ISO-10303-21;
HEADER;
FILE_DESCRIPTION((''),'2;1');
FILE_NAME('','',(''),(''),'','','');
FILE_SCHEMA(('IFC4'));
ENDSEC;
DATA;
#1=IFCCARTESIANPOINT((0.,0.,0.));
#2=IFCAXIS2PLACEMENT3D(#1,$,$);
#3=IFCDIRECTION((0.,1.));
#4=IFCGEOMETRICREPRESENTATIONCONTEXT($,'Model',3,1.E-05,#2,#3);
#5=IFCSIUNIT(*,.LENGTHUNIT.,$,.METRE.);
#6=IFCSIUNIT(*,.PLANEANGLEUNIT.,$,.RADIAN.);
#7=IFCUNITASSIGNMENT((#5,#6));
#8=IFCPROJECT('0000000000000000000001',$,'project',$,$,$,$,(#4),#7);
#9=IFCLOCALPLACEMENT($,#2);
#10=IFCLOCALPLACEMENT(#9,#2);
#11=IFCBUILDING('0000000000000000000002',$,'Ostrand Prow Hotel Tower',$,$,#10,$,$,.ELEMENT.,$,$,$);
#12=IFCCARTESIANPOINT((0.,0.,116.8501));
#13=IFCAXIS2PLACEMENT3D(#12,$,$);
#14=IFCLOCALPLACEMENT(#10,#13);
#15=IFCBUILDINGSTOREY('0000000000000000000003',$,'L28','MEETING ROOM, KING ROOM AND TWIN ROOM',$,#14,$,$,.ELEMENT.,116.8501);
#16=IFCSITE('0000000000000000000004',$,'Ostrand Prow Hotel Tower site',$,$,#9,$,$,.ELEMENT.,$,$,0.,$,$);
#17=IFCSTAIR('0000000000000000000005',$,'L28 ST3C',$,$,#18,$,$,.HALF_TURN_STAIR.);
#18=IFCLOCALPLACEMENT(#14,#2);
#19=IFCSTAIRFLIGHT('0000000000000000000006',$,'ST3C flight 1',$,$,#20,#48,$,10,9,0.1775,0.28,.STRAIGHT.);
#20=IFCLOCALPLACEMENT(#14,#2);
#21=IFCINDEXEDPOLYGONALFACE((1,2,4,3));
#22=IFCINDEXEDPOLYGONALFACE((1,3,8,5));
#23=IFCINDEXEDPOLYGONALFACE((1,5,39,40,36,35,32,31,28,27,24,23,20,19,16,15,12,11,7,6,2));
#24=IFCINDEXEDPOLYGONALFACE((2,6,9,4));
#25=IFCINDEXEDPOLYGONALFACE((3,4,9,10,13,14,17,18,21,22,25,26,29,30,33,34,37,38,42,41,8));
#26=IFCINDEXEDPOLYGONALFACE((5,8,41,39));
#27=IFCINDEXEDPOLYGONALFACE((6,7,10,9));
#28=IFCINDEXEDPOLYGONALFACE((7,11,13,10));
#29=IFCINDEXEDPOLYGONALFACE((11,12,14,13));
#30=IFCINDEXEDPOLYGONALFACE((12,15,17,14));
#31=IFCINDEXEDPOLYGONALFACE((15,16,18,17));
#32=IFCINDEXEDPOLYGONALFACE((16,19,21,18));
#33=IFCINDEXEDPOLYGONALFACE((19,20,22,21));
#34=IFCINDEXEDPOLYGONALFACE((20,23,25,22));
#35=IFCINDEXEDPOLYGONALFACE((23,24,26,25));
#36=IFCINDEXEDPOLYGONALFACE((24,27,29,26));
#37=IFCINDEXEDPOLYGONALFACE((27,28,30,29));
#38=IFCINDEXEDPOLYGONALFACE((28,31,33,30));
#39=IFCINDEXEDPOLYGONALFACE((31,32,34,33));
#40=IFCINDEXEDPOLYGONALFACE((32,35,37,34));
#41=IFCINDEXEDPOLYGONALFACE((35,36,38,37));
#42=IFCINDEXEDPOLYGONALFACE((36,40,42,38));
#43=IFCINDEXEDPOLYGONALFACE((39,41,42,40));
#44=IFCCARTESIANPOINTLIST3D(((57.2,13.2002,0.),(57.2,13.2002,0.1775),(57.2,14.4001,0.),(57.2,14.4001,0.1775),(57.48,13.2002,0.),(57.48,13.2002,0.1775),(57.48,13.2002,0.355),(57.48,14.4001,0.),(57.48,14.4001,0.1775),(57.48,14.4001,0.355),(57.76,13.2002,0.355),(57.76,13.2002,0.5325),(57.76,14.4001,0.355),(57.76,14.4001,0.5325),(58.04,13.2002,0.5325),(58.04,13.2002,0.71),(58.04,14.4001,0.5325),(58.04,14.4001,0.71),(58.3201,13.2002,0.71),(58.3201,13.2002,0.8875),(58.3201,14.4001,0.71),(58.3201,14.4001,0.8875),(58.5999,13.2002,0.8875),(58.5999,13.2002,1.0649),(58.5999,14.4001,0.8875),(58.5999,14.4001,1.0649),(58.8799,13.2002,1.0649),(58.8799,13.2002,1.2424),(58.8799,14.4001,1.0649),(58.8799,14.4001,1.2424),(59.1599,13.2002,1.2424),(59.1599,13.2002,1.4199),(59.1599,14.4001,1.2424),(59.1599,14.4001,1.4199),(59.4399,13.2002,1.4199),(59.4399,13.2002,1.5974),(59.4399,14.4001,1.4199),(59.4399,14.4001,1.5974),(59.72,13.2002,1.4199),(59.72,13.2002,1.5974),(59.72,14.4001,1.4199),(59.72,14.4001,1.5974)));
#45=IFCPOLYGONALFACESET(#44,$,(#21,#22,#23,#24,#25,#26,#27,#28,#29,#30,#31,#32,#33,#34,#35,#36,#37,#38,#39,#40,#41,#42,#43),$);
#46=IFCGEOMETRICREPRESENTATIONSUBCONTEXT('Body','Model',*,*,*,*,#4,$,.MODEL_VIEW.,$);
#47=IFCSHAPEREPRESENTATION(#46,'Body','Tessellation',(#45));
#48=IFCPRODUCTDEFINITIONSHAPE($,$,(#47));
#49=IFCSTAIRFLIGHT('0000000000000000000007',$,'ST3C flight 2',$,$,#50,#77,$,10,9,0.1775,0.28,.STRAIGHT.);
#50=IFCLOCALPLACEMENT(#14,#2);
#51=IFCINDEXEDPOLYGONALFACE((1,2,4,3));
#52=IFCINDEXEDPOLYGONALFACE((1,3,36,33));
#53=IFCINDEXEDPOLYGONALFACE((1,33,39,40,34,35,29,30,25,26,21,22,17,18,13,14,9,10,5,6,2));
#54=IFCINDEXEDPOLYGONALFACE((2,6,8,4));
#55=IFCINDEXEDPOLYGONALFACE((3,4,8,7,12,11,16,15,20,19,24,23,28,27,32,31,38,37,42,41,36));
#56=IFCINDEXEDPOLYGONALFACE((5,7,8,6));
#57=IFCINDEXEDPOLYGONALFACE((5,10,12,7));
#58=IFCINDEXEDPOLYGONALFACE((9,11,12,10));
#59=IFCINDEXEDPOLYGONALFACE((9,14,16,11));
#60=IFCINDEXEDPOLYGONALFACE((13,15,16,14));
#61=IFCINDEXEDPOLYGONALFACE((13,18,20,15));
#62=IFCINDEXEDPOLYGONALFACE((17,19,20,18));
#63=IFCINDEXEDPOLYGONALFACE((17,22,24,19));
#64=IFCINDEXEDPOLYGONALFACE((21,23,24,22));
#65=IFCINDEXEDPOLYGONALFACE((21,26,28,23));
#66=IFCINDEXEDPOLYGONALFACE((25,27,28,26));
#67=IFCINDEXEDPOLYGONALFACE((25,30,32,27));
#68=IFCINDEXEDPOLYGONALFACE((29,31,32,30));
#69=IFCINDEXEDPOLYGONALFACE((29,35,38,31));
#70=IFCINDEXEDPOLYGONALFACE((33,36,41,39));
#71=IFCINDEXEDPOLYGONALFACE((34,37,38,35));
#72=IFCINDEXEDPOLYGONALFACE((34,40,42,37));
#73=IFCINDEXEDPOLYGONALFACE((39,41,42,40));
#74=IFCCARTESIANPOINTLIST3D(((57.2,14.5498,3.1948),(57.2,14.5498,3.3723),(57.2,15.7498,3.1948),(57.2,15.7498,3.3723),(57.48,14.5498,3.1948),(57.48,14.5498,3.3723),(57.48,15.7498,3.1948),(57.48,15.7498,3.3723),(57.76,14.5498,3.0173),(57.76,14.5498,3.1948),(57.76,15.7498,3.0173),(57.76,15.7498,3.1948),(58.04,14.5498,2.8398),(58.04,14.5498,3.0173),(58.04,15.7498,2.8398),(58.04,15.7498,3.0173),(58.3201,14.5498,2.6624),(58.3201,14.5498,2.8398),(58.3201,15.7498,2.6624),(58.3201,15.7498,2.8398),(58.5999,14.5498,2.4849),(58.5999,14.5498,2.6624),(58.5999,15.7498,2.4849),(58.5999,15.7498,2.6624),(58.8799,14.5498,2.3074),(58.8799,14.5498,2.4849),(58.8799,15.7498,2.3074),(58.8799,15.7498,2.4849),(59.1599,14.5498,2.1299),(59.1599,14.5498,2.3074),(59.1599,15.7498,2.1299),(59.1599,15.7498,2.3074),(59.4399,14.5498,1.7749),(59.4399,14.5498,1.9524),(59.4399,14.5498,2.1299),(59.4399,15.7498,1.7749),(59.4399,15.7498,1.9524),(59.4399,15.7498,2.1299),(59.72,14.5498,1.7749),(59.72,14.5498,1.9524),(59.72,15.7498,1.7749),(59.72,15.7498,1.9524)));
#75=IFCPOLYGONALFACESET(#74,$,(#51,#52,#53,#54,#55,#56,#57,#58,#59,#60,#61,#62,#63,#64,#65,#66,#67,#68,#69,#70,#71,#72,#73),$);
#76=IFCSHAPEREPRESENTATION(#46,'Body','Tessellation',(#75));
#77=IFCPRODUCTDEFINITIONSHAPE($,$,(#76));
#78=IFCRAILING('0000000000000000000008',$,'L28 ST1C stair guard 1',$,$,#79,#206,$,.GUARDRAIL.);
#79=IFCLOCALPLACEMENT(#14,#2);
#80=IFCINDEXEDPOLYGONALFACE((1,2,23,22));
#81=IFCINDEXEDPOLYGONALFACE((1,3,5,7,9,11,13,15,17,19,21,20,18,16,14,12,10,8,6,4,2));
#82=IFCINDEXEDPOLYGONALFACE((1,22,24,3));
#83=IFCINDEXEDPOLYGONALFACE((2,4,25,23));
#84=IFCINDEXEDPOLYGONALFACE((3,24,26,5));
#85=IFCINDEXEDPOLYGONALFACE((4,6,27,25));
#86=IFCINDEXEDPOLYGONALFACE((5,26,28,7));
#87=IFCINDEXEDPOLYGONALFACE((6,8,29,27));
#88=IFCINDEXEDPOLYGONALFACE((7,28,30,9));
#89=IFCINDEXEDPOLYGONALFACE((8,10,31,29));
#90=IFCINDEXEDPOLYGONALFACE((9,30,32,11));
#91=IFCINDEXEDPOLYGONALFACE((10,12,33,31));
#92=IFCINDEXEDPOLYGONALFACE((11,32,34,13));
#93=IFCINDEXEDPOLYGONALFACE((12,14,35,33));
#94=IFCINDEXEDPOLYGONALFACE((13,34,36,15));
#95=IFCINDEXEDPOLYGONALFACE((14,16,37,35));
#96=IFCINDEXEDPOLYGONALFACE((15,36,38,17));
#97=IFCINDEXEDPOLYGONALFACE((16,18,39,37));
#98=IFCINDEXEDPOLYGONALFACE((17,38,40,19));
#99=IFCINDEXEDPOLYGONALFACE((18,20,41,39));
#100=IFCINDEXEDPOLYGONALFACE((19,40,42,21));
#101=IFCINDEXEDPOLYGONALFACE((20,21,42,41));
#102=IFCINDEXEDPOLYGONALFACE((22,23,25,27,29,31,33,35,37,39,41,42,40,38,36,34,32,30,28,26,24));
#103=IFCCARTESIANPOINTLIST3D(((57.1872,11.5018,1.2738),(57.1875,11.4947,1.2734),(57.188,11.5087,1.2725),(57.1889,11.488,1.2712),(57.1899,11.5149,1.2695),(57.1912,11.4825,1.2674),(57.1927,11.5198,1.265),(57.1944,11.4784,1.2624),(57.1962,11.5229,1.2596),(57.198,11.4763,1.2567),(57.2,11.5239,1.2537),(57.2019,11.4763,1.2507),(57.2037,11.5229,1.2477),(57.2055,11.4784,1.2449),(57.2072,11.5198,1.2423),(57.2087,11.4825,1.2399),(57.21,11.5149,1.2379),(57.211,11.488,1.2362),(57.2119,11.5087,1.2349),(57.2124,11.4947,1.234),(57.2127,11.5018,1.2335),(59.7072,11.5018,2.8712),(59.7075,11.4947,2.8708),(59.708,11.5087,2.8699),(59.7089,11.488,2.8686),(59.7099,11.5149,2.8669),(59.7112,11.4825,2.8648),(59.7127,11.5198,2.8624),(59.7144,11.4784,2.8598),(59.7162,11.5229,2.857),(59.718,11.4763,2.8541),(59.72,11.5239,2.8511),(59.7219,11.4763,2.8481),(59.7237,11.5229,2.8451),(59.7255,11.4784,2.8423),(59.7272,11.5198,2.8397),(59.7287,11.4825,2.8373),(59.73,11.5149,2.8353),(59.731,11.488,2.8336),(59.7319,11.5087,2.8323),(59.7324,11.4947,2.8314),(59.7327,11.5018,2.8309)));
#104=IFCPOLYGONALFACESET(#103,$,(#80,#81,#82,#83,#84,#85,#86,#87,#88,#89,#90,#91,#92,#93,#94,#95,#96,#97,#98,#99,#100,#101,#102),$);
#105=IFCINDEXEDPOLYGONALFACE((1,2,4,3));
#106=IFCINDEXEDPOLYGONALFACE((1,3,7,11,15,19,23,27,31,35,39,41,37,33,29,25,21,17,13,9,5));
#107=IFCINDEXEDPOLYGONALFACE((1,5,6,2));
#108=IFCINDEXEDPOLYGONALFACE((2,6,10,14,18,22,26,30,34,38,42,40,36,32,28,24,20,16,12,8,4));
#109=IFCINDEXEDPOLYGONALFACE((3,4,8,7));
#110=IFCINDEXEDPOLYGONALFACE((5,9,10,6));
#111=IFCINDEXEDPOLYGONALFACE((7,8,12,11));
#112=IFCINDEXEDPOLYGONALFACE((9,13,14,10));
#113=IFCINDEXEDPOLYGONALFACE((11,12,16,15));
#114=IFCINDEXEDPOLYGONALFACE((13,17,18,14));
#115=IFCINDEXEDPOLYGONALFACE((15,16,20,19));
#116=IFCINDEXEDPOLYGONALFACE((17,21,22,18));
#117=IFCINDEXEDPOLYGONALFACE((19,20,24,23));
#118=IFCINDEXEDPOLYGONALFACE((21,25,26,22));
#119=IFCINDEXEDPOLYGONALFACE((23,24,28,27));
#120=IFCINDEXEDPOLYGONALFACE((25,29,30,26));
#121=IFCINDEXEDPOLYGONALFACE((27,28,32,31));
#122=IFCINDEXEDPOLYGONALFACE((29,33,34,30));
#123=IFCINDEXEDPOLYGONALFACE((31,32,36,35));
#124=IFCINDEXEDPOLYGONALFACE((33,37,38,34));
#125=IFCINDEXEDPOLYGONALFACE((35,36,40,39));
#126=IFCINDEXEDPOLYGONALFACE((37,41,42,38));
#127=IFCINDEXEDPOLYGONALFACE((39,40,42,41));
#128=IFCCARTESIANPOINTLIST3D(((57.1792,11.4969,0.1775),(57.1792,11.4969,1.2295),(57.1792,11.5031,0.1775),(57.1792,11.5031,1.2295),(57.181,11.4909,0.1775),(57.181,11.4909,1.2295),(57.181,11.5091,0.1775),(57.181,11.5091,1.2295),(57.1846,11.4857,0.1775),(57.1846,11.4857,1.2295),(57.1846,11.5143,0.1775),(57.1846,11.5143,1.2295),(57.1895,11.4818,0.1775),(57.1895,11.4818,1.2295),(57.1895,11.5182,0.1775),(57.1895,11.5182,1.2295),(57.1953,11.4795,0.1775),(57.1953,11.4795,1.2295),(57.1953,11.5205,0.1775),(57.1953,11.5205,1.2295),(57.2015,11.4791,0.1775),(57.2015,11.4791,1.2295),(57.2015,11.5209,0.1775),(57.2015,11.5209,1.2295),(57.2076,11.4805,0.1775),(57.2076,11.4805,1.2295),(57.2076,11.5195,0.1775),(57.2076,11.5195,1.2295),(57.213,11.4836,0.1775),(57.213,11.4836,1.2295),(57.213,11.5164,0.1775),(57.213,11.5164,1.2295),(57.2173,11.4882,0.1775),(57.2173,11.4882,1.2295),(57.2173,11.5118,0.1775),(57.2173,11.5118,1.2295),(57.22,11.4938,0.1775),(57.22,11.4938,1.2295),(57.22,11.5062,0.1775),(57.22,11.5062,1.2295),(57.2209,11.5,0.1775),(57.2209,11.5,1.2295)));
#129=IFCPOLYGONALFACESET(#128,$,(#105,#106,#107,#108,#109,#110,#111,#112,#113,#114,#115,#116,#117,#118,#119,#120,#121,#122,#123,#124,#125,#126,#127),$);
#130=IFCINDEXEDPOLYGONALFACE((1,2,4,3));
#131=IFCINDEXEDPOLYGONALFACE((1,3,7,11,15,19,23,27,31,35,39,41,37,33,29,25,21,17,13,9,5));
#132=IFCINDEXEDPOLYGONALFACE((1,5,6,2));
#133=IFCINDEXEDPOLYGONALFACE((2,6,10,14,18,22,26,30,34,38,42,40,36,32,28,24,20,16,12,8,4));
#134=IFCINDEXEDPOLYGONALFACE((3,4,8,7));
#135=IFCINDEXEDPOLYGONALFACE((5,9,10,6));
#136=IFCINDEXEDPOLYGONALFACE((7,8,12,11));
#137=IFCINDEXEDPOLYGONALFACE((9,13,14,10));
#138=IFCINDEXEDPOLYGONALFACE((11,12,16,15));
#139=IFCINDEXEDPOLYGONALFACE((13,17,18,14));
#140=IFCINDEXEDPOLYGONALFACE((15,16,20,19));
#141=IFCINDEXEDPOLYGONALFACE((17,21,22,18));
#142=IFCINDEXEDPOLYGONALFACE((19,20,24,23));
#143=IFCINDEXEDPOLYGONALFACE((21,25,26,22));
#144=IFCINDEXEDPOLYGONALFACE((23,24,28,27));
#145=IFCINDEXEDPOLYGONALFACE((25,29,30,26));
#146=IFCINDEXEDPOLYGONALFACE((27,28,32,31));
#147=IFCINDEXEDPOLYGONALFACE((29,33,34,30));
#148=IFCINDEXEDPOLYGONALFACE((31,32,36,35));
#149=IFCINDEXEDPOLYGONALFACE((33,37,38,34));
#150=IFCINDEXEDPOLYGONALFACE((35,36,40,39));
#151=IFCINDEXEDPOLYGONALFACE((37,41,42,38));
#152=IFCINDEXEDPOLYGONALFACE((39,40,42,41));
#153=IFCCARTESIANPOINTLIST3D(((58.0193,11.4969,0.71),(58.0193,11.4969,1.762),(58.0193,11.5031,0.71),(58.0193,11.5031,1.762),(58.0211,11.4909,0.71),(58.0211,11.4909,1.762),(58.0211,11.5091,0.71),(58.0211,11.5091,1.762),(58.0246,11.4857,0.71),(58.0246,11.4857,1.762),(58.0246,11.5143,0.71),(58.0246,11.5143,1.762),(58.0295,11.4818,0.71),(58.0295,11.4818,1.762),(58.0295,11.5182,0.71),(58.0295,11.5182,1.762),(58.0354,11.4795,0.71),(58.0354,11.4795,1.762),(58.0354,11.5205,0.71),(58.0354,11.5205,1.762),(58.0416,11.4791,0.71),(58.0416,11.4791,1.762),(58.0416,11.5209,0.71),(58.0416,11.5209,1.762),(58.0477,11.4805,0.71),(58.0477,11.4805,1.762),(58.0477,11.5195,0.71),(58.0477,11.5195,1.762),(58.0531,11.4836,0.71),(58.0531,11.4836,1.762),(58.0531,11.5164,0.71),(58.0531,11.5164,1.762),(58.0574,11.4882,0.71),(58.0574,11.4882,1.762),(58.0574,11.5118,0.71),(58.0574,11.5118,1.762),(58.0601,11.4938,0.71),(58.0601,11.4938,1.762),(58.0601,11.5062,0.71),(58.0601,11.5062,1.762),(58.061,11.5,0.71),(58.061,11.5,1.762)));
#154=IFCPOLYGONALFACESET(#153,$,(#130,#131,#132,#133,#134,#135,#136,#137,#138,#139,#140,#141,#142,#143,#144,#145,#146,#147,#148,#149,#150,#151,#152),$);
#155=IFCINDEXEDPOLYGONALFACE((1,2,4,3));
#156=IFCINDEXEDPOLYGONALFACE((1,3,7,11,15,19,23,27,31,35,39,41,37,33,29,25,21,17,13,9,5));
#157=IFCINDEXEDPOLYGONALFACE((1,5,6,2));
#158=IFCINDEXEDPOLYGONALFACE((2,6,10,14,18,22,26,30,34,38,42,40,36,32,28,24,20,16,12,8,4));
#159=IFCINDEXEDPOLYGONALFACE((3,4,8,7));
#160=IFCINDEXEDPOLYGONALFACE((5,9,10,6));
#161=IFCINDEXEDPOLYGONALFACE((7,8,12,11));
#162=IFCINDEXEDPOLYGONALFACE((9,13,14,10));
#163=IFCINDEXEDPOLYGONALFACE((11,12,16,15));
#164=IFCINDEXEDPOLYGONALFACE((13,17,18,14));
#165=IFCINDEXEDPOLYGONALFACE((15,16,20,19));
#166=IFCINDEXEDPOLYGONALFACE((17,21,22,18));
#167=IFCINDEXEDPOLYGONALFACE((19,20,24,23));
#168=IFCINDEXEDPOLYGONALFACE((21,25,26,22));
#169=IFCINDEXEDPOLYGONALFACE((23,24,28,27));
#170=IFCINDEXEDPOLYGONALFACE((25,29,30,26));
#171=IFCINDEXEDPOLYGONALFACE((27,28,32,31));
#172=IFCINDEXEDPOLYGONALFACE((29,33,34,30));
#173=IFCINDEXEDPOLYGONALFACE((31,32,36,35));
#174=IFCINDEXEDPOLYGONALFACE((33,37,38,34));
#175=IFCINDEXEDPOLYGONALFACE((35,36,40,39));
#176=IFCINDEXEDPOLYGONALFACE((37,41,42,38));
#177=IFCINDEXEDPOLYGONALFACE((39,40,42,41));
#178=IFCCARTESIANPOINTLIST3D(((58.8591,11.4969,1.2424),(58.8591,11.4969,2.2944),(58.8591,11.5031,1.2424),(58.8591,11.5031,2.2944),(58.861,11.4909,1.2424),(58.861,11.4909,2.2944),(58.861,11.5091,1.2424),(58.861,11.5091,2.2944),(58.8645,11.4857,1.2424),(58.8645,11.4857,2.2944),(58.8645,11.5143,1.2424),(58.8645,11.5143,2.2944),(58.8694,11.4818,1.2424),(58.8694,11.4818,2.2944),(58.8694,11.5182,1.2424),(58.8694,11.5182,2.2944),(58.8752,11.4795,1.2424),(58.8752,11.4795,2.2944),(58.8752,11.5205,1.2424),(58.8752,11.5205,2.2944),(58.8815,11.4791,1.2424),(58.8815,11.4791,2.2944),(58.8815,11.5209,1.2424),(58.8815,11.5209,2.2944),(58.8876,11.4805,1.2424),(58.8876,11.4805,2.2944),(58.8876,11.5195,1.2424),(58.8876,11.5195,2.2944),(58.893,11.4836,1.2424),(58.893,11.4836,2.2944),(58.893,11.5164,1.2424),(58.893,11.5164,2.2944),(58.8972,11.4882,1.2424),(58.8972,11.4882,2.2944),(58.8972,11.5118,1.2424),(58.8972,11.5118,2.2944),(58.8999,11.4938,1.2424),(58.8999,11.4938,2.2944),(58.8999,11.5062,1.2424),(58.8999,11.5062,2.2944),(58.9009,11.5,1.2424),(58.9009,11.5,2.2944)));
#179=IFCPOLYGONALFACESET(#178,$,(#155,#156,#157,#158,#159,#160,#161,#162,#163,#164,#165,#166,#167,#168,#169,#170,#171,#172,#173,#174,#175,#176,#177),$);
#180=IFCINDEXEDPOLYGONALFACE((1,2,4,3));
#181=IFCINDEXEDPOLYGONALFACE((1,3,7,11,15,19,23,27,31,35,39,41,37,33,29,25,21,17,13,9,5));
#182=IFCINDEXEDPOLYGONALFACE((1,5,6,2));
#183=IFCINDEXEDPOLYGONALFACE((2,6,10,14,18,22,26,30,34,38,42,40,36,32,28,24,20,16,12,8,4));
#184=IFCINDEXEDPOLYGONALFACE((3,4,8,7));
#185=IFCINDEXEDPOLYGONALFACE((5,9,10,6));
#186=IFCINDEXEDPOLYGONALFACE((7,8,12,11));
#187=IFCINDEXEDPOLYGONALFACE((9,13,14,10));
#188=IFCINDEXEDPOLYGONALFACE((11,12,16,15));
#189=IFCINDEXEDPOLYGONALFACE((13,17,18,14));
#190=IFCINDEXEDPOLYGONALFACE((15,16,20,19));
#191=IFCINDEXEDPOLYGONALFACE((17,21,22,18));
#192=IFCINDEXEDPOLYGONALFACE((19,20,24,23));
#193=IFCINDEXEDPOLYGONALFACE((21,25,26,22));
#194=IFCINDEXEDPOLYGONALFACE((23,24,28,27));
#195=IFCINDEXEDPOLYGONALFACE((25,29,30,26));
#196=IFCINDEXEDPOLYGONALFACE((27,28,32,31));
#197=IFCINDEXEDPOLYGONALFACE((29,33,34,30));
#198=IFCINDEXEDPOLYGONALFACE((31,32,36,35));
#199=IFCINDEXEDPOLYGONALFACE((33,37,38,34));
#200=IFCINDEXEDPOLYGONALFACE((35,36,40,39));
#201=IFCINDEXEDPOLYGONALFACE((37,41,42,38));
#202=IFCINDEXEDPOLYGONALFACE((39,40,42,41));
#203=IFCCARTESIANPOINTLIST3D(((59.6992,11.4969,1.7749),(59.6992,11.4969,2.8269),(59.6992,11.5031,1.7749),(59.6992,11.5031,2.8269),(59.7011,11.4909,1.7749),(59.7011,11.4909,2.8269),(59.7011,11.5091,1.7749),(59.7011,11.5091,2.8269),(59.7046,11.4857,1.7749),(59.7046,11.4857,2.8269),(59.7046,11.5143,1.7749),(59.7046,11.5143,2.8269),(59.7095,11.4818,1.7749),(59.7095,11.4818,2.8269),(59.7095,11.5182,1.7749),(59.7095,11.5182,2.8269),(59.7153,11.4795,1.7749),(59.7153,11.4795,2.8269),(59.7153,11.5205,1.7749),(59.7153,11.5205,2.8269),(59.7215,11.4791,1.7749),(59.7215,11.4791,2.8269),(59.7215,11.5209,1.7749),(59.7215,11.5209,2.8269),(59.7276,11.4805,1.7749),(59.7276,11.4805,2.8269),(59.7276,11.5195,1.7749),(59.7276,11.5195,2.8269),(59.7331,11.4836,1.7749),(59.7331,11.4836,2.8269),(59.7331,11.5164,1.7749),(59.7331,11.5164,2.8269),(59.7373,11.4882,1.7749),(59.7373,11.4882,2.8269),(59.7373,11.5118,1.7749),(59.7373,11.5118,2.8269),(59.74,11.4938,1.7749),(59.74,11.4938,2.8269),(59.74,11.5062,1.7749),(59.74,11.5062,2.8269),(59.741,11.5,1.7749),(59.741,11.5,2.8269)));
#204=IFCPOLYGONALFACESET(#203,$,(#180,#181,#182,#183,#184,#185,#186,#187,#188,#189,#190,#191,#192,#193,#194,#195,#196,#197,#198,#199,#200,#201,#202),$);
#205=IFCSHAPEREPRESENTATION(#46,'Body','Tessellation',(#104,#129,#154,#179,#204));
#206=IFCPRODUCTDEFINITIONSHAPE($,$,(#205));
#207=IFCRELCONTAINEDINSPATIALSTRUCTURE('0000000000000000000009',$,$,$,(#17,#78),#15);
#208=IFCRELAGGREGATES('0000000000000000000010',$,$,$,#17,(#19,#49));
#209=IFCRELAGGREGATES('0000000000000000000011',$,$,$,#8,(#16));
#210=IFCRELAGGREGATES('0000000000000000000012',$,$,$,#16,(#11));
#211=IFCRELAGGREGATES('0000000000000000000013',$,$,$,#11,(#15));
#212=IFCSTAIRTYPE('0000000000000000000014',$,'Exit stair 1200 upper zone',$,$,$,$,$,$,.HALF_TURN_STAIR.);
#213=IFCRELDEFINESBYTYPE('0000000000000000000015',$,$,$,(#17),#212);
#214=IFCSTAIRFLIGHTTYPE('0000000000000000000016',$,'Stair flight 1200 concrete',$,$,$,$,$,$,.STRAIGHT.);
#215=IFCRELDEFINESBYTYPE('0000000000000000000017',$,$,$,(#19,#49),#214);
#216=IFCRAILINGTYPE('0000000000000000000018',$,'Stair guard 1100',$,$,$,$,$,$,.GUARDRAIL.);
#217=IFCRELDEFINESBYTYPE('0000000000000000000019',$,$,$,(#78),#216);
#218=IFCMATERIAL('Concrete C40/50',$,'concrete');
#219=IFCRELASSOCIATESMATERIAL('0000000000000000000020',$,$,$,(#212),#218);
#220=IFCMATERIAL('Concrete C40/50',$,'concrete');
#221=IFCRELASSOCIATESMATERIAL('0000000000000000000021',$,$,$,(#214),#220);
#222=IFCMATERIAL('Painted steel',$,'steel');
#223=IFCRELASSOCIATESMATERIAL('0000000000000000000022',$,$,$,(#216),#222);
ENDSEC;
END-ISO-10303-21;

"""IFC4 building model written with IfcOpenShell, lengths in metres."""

from ifc_helpers import new_model, si_unit, direction, frame, origin, origin_2d, place, context, subcontext, project, spatial, polyline, circle, outline, extrude, material, type_object, element, aggregate, save


model = new_model("IFC4")

# Units and contexts
model_context = context("Model", 3, precision=1e-05, world=origin(), true_north=direction((0.0, 1.0)))
body_context = subcontext(model_context, "Body", "Model", "MODEL_VIEW")
ifc_project = project(units=[si_unit("LENGTHUNIT", "METRE"), si_unit("PLANEANGLEUNIT", "RADIAN")], contexts=[model_context])

# Site, building, storey
site_placement = place(None, origin())
site = spatial("IfcSite", under=ifc_project, at=site_placement, Name="Ostrand Prow Hotel Tower site", CompositionType="ELEMENT", RefElevation=0.0)
building_placement = place(site_placement, origin())
building = spatial("IfcBuilding", under=site, at=building_placement, Name="Ostrand Prow Hotel Tower", CompositionType="ELEMENT")
storey_placement = place(building_placement, frame((0.0, 0.0, 116.8501)))
storey = spatial("IfcBuildingStorey", under=building, at=storey_placement, Name="L28", Description="MEETING ROOM, KING ROOM AND TWIN ROOM", CompositionType="ELEMENT", Elevation=116.8501)

# Stair, stair flights
ifc_material_1 = material(Name="Concrete C40/50", Category="concrete")
stair_type = type_object("IfcStairType", Name="Exit stair 1200 upper zone", PredefinedType="HALF_TURN_STAIR", material=ifc_material_1)
ifc_material_2 = material(Name="Concrete C40/50", Category="concrete")
stair_flight_type = type_object("IfcStairFlightType", Name="Stair flight 1200 concrete", PredefinedType="STRAIGHT", material=ifc_material_2)
stair_1_placement = place(storey_placement, origin())
stair_1 = element("IfcStair", 1, at=stair_1_placement, inside=storey, type_object=stair_type, Name="L28 ST3C", PredefinedType="HALF_TURN_STAIR")
stair_flight_1_placement = place(storey_placement, frame((57.2, 13.8, 0.0), z_axis=(0.0, 0.0, 1.0), x_axis=(1.0, 0.0, 0.0)))
stair_flight_1 = element("IfcStairFlight", 2, at=stair_flight_1_placement, type_object=stair_flight_type, Name="ST3C flight 1", NumberOfRisers=10, NumberOfTreads=9, PredefinedType="STRAIGHT", RiserHeight=0.1775, TreadLength=0.28, context=body_context, shape_type="SweptSolid", body=[
    extrude(outline(polyline([(0.0, 0.0), (0.0, 0.1775), (0.28, 0.1775), (0.28, 0.355), (0.5601, 0.355), (0.5601, 0.5325), (0.8401, 0.5325), (0.8401, 0.71), (1.1201, 0.71), (1.1201, 0.8875), (1.3999, 0.8875), (1.3999, 1.0649), (1.6799, 1.0649), (1.6799, 1.2424), (1.96, 1.2424), (1.96, 1.4199), (2.24, 1.4199), (2.24, 1.5974), (2.52, 1.5974), (2.52, 1.7749), (2.52, 1.4199), (0.28, 0.0), (0.0, 0.0)])), frame((0.0, 0.6001, 0.0), z_axis=(0.0, -1.0, 0.0), x_axis=(1.0, 0.0, 0.0)), (0.0, 0.0, 1.0), 1.2),
])
stair_flight_2_placement = place(storey_placement, frame((59.72, 15.1499, 1.7749), z_axis=(0.0, 0.0, 1.0), x_axis=(-1.0, 0.0, 0.0)))
stair_flight_2 = element("IfcStairFlight", 3, at=stair_flight_2_placement, type_object=stair_flight_type, Name="ST3C flight 2", NumberOfRisers=10, NumberOfTreads=9, PredefinedType="STRAIGHT", RiserHeight=0.1775, TreadLength=0.28, context=body_context, shape_type="SweptSolid", body=[
    extrude(outline(polyline([(0.0, 0.0), (0.0, 0.1775), (0.28, 0.1775), (0.28, 0.355), (0.5601, 0.355), (0.5601, 0.5325), (0.8401, 0.5325), (0.8401, 0.71), (1.1201, 0.71), (1.1201, 0.8875), (1.3999, 0.8875), (1.3999, 1.0649), (1.6799, 1.0649), (1.6799, 1.2424), (1.96, 1.2424), (1.96, 1.4199), (2.24, 1.4199), (2.24, 1.5974), (2.52, 1.5974), (2.52, 1.7749), (2.52, 1.4199), (0.28, 0.0), (0.0, 0.0)])), frame((0.0, 0.6001, 0.0), z_axis=(0.0, -1.0, 0.0), x_axis=(1.0, 0.0, 0.0)), (0.0, 0.0, 1.0), 1.2),
])
aggregate(stair_1, [stair_flight_1, stair_flight_2])

# Railing
ifc_material_3 = material(Name="Painted steel", Category="steel")
railing_type_1 = type_object("IfcRailingType", Name="Stair guard 1100", PredefinedType="GUARDRAIL", material=ifc_material_3)
railing_1_placement = place(storey_placement, frame((57.2, 11.5, 0.1775)))
element("IfcRailing", 4, at=railing_1_placement, inside=storey, type_object=railing_type_1, Name="L28 ST1C stair guard 1", PredefinedType="GUARDRAIL", context=body_context, shape_type="SweptSolid", body=[
    extrude(circle(Radius=0.0239, at=origin_2d()), frame((0.0, 0.0, 1.0762), z_axis=(0.844607, 0.0, 0.535387), x_axis=(0.0, 1.0, 0.0)), (0.0, 0.0, 1.0), 2.9836),
    extrude(circle(Radius=0.021, at=origin_2d()), origin(), (0.0, 0.0, 1.0), 1.052),
    extrude(circle(Radius=0.021, at=origin_2d()), frame((0.8401, 0.0, 0.5325)), (0.0, 0.0, 1.0), 1.052),
    extrude(circle(Radius=0.021, at=origin_2d()), frame((1.6799, 0.0, 1.0649)), (0.0, 0.0, 1.0), 1.052),
    extrude(circle(Radius=0.021, at=origin_2d()), frame((2.52, 0.0, 1.5974)), (0.0, 0.0, 1.0), 1.052),
])

save(model, "model.ifc")
